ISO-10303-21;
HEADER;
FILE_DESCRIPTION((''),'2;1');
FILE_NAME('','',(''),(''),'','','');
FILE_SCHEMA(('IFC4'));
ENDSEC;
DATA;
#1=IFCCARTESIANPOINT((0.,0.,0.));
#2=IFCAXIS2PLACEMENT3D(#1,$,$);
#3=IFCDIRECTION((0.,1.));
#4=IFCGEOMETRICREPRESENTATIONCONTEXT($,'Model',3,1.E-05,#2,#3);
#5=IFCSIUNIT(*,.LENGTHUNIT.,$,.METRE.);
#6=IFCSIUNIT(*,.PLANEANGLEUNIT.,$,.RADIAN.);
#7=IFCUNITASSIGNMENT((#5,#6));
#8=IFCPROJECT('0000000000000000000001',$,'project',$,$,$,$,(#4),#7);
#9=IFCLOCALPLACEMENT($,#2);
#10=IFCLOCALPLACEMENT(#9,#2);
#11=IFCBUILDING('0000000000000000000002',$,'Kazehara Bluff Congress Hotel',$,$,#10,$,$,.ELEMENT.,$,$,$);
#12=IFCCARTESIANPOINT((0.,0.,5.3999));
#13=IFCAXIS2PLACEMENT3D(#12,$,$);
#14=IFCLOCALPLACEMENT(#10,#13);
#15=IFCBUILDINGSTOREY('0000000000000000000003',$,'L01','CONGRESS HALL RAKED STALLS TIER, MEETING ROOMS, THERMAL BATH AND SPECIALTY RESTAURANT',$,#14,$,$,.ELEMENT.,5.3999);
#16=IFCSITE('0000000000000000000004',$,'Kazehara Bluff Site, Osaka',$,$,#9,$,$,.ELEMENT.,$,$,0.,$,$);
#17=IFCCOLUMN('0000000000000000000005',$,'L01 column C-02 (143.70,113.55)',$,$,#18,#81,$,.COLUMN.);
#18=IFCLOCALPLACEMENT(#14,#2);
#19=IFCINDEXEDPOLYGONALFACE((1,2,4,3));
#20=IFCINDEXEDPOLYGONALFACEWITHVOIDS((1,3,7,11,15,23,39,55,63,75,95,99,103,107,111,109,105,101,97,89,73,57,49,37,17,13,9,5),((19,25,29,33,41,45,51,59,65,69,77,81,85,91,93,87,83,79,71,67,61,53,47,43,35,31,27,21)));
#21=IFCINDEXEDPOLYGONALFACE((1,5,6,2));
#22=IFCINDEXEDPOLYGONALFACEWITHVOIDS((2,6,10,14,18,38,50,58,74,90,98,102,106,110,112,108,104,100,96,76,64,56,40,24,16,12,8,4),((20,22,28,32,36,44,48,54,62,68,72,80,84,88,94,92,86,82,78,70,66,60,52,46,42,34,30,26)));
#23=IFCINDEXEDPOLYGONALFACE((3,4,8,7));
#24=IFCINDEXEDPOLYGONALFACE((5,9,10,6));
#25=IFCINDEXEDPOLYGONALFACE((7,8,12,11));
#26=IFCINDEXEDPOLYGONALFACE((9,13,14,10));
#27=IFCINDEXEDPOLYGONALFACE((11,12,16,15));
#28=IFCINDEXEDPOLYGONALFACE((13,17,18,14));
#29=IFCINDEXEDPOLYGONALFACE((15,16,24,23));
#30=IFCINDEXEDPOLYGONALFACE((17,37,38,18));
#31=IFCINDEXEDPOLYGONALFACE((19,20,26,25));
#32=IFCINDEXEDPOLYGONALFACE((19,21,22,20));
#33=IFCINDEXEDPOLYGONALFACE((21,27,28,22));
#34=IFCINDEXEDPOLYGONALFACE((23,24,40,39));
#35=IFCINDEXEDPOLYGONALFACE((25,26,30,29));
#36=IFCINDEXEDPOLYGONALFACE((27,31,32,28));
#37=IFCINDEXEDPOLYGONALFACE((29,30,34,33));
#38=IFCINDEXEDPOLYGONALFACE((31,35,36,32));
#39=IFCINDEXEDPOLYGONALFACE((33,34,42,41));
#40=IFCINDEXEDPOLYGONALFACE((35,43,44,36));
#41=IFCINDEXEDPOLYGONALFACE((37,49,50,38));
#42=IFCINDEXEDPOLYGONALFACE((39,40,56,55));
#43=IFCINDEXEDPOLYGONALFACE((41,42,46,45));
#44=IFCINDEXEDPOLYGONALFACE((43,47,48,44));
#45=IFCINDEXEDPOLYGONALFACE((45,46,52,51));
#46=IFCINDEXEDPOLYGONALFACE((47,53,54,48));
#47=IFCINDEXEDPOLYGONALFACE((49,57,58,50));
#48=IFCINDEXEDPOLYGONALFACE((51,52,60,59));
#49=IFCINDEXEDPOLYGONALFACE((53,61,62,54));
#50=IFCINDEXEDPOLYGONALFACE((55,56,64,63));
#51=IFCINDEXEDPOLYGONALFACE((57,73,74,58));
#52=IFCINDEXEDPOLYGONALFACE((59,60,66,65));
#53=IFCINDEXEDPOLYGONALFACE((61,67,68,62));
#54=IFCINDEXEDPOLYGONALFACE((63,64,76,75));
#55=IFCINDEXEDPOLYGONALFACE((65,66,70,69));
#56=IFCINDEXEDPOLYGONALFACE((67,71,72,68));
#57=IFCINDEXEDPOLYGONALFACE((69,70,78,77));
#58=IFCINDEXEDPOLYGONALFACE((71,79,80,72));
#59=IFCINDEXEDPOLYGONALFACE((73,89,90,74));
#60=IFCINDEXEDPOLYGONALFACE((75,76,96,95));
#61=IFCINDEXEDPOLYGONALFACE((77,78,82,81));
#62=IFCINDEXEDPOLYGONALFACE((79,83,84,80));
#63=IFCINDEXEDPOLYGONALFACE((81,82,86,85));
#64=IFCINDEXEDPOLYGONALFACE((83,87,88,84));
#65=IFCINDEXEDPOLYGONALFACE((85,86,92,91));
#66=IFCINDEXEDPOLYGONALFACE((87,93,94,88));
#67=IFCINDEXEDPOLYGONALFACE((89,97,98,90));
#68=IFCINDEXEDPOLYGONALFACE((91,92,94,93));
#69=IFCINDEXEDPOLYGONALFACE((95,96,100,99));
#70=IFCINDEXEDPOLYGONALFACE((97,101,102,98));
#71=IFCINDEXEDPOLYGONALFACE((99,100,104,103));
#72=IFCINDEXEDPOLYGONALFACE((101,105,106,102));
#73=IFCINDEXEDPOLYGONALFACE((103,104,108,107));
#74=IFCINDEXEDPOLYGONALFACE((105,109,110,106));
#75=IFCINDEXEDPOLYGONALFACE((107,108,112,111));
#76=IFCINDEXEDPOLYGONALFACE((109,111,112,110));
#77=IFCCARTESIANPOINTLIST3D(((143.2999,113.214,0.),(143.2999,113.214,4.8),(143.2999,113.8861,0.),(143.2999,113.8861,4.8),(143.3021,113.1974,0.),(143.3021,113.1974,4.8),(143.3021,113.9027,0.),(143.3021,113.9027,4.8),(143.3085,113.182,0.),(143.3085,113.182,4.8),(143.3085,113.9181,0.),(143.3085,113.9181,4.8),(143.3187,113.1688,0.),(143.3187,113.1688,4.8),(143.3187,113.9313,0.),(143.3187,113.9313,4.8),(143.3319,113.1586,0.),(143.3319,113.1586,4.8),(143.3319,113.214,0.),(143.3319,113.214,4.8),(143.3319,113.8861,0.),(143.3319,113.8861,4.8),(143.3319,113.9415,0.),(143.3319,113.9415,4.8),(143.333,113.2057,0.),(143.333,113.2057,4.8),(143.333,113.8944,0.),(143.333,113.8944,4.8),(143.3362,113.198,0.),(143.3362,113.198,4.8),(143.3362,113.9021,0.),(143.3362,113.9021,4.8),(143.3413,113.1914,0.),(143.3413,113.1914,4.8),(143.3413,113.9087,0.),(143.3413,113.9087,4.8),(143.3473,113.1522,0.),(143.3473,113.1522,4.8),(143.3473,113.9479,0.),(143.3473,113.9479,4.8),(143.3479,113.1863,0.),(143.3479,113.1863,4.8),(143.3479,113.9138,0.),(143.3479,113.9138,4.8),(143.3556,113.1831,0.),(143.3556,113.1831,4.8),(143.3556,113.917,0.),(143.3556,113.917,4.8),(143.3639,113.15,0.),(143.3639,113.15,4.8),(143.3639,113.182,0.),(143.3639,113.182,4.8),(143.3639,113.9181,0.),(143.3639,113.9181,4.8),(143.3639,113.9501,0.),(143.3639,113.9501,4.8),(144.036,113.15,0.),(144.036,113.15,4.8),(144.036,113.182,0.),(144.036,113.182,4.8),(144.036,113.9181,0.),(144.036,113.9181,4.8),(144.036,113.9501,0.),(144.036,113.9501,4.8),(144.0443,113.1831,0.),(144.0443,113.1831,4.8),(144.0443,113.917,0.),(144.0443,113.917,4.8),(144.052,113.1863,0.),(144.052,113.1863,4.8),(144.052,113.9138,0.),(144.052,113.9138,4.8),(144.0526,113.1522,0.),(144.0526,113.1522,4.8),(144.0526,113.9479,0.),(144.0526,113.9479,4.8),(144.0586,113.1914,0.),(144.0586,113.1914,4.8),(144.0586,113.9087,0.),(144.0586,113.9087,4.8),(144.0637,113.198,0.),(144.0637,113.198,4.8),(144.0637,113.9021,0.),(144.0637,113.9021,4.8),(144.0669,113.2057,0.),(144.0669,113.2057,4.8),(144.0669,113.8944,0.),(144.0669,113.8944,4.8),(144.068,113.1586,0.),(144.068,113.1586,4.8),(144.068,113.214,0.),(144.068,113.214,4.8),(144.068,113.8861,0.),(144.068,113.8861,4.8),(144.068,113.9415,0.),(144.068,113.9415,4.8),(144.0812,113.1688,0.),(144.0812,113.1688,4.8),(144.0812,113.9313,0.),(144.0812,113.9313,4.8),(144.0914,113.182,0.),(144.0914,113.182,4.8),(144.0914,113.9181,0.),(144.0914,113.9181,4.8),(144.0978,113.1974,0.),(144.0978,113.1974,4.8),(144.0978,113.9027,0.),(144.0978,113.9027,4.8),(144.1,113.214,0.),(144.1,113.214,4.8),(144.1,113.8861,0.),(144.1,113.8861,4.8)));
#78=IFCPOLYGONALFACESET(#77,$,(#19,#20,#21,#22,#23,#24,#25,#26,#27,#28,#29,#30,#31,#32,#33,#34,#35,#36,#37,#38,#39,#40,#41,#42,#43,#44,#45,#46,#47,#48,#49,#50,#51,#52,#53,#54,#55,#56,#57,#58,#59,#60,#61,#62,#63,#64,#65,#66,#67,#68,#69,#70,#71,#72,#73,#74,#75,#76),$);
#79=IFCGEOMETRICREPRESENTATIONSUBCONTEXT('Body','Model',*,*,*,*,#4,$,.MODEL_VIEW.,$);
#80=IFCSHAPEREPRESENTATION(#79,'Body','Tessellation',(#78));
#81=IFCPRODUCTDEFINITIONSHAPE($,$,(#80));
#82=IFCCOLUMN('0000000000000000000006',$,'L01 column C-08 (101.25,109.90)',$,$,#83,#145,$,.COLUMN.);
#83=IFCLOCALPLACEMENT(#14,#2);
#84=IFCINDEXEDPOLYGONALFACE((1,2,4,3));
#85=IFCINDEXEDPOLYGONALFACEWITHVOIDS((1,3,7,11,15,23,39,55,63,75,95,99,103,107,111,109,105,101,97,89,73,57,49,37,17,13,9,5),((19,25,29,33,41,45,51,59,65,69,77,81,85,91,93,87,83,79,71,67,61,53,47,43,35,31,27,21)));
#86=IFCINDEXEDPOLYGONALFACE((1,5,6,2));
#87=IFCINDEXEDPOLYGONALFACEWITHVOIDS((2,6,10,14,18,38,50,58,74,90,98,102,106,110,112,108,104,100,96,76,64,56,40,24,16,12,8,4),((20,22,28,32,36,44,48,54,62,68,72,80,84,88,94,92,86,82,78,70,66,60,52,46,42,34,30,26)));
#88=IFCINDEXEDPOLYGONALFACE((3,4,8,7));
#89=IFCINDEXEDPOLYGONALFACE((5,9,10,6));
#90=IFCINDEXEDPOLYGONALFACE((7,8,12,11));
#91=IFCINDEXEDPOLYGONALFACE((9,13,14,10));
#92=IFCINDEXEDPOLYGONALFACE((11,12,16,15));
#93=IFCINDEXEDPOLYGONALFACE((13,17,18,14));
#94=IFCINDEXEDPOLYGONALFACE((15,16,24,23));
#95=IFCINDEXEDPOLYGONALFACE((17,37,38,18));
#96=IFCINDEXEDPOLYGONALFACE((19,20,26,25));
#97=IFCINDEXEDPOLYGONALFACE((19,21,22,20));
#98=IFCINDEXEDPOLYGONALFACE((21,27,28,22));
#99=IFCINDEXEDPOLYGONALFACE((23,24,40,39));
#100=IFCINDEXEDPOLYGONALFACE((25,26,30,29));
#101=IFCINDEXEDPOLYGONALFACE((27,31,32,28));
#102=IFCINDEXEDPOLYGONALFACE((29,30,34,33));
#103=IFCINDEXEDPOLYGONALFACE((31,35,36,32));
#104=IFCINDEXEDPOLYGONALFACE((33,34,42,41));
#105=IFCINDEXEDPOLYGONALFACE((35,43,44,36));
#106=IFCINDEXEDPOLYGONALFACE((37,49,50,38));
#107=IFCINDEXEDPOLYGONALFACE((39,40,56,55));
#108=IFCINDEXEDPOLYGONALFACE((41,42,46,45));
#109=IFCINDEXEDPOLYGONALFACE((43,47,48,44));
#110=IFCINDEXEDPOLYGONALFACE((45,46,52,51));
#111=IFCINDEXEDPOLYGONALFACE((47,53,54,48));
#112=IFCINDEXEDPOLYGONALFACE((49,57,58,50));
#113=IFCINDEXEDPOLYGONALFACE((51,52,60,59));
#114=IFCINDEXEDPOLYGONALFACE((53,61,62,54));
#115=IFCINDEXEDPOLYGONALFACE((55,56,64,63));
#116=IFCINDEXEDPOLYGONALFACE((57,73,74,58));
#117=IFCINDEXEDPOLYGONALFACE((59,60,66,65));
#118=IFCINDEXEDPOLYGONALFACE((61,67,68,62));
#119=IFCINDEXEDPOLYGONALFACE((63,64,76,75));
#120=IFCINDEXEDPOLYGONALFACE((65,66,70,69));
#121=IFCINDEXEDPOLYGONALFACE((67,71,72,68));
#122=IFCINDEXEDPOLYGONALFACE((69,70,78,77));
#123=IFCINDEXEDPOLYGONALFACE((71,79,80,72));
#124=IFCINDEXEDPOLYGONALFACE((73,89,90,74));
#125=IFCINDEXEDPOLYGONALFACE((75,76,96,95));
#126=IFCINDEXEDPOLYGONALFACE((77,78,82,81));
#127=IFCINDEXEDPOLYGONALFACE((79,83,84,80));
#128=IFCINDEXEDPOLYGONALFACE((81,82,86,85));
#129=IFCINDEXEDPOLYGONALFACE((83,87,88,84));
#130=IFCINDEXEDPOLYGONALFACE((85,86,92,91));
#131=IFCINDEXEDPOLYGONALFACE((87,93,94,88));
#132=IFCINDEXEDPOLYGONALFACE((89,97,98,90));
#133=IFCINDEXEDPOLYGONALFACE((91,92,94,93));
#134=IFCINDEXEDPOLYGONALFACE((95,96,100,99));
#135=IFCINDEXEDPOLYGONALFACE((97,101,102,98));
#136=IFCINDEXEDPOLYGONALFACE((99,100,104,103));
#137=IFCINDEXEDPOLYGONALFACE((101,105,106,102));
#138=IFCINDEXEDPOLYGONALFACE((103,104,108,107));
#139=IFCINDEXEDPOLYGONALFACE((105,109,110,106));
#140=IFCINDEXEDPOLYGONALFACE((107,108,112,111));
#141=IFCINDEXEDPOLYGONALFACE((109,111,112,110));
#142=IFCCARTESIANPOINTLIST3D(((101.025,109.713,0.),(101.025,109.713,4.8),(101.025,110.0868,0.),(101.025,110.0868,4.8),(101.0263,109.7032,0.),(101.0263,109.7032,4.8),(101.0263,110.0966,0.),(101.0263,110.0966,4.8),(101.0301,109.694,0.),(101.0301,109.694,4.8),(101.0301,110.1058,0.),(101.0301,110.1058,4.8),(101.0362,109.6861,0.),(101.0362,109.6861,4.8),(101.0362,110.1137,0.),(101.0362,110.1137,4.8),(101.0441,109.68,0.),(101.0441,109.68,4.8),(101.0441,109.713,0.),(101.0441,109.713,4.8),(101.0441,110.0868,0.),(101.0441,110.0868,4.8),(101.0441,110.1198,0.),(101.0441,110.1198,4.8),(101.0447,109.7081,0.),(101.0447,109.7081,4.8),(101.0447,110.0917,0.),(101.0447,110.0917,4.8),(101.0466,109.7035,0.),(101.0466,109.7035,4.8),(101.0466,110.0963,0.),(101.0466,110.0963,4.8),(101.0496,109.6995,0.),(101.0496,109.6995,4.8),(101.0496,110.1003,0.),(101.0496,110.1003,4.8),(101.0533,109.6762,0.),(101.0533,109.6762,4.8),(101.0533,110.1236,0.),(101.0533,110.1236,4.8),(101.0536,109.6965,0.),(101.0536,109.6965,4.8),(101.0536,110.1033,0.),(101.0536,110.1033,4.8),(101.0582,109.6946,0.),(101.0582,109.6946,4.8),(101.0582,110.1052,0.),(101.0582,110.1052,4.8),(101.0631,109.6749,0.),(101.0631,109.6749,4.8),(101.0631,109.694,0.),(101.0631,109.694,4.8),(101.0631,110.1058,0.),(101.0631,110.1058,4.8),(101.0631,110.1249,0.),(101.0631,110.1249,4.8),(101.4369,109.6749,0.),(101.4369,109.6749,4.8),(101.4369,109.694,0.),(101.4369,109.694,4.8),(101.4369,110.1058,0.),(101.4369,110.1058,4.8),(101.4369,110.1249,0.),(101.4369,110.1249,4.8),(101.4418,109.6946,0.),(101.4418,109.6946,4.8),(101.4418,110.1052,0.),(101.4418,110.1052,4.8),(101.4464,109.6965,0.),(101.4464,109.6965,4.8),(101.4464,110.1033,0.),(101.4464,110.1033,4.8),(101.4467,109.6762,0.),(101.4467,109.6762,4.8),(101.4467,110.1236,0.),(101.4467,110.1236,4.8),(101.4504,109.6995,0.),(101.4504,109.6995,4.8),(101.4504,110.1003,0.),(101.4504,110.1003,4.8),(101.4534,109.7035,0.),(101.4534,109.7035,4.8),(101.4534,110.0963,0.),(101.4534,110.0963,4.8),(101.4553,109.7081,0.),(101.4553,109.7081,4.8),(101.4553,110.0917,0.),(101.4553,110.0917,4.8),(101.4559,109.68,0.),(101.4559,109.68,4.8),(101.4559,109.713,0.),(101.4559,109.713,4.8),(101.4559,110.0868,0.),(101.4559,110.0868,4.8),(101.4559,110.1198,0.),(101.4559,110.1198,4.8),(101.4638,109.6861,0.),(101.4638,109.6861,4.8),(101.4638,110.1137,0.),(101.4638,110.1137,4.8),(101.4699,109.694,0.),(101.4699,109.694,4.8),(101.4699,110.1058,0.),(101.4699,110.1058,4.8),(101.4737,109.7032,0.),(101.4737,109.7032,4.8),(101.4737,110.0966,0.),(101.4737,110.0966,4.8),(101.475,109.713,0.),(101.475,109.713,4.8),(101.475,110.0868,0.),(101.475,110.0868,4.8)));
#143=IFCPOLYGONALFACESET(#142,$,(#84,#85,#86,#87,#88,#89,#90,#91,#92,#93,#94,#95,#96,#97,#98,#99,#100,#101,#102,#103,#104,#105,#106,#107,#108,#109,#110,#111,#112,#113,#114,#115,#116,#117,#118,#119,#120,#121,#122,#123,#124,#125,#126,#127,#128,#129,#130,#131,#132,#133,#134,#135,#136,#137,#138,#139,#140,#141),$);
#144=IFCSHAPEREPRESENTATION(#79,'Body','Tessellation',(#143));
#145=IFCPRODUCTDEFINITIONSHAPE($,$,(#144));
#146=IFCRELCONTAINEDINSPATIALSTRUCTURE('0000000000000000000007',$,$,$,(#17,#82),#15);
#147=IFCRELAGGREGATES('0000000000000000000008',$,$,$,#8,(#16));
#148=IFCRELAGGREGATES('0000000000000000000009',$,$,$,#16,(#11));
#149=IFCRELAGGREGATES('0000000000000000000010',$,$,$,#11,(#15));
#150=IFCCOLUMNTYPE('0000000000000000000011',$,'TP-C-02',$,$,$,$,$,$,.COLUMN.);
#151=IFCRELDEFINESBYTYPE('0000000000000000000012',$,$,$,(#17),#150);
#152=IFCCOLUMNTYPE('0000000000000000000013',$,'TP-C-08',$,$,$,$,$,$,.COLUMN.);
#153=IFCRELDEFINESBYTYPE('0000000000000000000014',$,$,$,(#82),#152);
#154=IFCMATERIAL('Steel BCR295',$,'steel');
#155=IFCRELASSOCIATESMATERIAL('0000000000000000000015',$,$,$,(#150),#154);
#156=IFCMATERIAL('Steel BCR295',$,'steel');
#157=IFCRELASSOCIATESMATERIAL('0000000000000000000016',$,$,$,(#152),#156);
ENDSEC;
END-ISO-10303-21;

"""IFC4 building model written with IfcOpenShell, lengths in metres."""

from ifc_helpers import new_model, si_unit, direction, frame, origin, origin_2d, place, context, subcontext, project, spatial, hollow_rectangle, extrude, material, material_profile, profile_set, type_object, element, save


model = new_model("IFC4")

# Units and contexts
model_context = context("Model", 3, precision=1e-05, world=origin(), true_north=direction((0.0, 1.0)))
body_context = subcontext(model_context, "Body", "Model", "MODEL_VIEW")
ifc_project = project(units=[si_unit("LENGTHUNIT", "METRE"), si_unit("PLANEANGLEUNIT", "RADIAN")], contexts=[model_context])

# Site, building, storey
site_placement = place(None, origin())
site = spatial("IfcSite", under=ifc_project, at=site_placement, Name="Kazehara Bluff Site, Osaka", CompositionType="ELEMENT", RefElevation=0.0)
building_placement = place(site_placement, origin())
building = spatial("IfcBuilding", under=site, at=building_placement, Name="Kazehara Bluff Congress Hotel", CompositionType="ELEMENT")
storey_placement = place(building_placement, frame((0.0, 0.0, 5.3999)))
storey = spatial("IfcBuildingStorey", under=building, at=storey_placement, Name="L01", Description="CONGRESS HALL RAKED STALLS TIER, MEETING ROOMS, THERMAL BATH AND SPECIALTY RESTAURANT", CompositionType="ELEMENT", Elevation=5.3999)

# Columns
ifc_material_1 = material(Name="Steel BCR295", Category="steel")
ifc_material_profile_1 = material_profile(ifc_material_1, hollow_rectangle(XDim=0.8, YDim=0.8, WallThickness=0.032, InnerFilletRadius=0.032, OuterFilletRadius=0.064, at=origin_2d()))
ifc_profile_set_1 = profile_set([ifc_material_profile_1], Name="Steel BCR295")
column_type_1 = type_object("IfcColumnType", Name="TP-C-02", PredefinedType="COLUMN", material=ifc_profile_set_1)
for number, where, z_axis, x_axis, name in (
    (1, (143.7, 113.55, 0.0), (0.0, 0.0, 1.0), (1.0, 0.0, 0.0), "L01 column C-02 (143.70,113.55)"),
):
    element("IfcColumn", number, at=place(storey_placement, frame(where, z_axis=z_axis, x_axis=x_axis)), inside=storey, type_object=column_type_1, Name=name, PredefinedType="COLUMN", context=body_context, shape_type="SweptSolid", body=[
        extrude(hollow_rectangle(XDim=0.8, YDim=0.8, WallThickness=0.032, InnerFilletRadius=0.032, OuterFilletRadius=0.064, at=origin_2d()), origin(), (0.0, 0.0, 1.0), 4.8),
    ])
ifc_material_2 = material(Name="Steel BCR295", Category="steel")
ifc_material_profile_2 = material_profile(ifc_material_2, hollow_rectangle(XDim=0.45, YDim=0.45, WallThickness=0.019, InnerFilletRadius=0.019, OuterFilletRadius=0.0381, at=origin_2d()))
ifc_profile_set_2 = profile_set([ifc_material_profile_2], Name="Steel BCR295")
column_type_2 = type_object("IfcColumnType", Name="TP-C-08", PredefinedType="COLUMN", material=ifc_profile_set_2)
column_placement = place(storey_placement, frame((101.25, 109.8999, 0.0), z_axis=(0.0, 0.0, 1.0), x_axis=(1.0, 0.0, 0.0)))
element("IfcColumn", 2, at=column_placement, inside=storey, type_object=column_type_2, Name="L01 column C-08 (101.25,109.90)", PredefinedType="COLUMN", context=body_context, shape_type="SweptSolid", body=[
    extrude(hollow_rectangle(XDim=0.45, YDim=0.45, WallThickness=0.019, InnerFilletRadius=0.019, OuterFilletRadius=0.0381, at=origin_2d()), origin(), (0.0, 0.0, 1.0), 4.8),
])

save(model, "model.ifc")
